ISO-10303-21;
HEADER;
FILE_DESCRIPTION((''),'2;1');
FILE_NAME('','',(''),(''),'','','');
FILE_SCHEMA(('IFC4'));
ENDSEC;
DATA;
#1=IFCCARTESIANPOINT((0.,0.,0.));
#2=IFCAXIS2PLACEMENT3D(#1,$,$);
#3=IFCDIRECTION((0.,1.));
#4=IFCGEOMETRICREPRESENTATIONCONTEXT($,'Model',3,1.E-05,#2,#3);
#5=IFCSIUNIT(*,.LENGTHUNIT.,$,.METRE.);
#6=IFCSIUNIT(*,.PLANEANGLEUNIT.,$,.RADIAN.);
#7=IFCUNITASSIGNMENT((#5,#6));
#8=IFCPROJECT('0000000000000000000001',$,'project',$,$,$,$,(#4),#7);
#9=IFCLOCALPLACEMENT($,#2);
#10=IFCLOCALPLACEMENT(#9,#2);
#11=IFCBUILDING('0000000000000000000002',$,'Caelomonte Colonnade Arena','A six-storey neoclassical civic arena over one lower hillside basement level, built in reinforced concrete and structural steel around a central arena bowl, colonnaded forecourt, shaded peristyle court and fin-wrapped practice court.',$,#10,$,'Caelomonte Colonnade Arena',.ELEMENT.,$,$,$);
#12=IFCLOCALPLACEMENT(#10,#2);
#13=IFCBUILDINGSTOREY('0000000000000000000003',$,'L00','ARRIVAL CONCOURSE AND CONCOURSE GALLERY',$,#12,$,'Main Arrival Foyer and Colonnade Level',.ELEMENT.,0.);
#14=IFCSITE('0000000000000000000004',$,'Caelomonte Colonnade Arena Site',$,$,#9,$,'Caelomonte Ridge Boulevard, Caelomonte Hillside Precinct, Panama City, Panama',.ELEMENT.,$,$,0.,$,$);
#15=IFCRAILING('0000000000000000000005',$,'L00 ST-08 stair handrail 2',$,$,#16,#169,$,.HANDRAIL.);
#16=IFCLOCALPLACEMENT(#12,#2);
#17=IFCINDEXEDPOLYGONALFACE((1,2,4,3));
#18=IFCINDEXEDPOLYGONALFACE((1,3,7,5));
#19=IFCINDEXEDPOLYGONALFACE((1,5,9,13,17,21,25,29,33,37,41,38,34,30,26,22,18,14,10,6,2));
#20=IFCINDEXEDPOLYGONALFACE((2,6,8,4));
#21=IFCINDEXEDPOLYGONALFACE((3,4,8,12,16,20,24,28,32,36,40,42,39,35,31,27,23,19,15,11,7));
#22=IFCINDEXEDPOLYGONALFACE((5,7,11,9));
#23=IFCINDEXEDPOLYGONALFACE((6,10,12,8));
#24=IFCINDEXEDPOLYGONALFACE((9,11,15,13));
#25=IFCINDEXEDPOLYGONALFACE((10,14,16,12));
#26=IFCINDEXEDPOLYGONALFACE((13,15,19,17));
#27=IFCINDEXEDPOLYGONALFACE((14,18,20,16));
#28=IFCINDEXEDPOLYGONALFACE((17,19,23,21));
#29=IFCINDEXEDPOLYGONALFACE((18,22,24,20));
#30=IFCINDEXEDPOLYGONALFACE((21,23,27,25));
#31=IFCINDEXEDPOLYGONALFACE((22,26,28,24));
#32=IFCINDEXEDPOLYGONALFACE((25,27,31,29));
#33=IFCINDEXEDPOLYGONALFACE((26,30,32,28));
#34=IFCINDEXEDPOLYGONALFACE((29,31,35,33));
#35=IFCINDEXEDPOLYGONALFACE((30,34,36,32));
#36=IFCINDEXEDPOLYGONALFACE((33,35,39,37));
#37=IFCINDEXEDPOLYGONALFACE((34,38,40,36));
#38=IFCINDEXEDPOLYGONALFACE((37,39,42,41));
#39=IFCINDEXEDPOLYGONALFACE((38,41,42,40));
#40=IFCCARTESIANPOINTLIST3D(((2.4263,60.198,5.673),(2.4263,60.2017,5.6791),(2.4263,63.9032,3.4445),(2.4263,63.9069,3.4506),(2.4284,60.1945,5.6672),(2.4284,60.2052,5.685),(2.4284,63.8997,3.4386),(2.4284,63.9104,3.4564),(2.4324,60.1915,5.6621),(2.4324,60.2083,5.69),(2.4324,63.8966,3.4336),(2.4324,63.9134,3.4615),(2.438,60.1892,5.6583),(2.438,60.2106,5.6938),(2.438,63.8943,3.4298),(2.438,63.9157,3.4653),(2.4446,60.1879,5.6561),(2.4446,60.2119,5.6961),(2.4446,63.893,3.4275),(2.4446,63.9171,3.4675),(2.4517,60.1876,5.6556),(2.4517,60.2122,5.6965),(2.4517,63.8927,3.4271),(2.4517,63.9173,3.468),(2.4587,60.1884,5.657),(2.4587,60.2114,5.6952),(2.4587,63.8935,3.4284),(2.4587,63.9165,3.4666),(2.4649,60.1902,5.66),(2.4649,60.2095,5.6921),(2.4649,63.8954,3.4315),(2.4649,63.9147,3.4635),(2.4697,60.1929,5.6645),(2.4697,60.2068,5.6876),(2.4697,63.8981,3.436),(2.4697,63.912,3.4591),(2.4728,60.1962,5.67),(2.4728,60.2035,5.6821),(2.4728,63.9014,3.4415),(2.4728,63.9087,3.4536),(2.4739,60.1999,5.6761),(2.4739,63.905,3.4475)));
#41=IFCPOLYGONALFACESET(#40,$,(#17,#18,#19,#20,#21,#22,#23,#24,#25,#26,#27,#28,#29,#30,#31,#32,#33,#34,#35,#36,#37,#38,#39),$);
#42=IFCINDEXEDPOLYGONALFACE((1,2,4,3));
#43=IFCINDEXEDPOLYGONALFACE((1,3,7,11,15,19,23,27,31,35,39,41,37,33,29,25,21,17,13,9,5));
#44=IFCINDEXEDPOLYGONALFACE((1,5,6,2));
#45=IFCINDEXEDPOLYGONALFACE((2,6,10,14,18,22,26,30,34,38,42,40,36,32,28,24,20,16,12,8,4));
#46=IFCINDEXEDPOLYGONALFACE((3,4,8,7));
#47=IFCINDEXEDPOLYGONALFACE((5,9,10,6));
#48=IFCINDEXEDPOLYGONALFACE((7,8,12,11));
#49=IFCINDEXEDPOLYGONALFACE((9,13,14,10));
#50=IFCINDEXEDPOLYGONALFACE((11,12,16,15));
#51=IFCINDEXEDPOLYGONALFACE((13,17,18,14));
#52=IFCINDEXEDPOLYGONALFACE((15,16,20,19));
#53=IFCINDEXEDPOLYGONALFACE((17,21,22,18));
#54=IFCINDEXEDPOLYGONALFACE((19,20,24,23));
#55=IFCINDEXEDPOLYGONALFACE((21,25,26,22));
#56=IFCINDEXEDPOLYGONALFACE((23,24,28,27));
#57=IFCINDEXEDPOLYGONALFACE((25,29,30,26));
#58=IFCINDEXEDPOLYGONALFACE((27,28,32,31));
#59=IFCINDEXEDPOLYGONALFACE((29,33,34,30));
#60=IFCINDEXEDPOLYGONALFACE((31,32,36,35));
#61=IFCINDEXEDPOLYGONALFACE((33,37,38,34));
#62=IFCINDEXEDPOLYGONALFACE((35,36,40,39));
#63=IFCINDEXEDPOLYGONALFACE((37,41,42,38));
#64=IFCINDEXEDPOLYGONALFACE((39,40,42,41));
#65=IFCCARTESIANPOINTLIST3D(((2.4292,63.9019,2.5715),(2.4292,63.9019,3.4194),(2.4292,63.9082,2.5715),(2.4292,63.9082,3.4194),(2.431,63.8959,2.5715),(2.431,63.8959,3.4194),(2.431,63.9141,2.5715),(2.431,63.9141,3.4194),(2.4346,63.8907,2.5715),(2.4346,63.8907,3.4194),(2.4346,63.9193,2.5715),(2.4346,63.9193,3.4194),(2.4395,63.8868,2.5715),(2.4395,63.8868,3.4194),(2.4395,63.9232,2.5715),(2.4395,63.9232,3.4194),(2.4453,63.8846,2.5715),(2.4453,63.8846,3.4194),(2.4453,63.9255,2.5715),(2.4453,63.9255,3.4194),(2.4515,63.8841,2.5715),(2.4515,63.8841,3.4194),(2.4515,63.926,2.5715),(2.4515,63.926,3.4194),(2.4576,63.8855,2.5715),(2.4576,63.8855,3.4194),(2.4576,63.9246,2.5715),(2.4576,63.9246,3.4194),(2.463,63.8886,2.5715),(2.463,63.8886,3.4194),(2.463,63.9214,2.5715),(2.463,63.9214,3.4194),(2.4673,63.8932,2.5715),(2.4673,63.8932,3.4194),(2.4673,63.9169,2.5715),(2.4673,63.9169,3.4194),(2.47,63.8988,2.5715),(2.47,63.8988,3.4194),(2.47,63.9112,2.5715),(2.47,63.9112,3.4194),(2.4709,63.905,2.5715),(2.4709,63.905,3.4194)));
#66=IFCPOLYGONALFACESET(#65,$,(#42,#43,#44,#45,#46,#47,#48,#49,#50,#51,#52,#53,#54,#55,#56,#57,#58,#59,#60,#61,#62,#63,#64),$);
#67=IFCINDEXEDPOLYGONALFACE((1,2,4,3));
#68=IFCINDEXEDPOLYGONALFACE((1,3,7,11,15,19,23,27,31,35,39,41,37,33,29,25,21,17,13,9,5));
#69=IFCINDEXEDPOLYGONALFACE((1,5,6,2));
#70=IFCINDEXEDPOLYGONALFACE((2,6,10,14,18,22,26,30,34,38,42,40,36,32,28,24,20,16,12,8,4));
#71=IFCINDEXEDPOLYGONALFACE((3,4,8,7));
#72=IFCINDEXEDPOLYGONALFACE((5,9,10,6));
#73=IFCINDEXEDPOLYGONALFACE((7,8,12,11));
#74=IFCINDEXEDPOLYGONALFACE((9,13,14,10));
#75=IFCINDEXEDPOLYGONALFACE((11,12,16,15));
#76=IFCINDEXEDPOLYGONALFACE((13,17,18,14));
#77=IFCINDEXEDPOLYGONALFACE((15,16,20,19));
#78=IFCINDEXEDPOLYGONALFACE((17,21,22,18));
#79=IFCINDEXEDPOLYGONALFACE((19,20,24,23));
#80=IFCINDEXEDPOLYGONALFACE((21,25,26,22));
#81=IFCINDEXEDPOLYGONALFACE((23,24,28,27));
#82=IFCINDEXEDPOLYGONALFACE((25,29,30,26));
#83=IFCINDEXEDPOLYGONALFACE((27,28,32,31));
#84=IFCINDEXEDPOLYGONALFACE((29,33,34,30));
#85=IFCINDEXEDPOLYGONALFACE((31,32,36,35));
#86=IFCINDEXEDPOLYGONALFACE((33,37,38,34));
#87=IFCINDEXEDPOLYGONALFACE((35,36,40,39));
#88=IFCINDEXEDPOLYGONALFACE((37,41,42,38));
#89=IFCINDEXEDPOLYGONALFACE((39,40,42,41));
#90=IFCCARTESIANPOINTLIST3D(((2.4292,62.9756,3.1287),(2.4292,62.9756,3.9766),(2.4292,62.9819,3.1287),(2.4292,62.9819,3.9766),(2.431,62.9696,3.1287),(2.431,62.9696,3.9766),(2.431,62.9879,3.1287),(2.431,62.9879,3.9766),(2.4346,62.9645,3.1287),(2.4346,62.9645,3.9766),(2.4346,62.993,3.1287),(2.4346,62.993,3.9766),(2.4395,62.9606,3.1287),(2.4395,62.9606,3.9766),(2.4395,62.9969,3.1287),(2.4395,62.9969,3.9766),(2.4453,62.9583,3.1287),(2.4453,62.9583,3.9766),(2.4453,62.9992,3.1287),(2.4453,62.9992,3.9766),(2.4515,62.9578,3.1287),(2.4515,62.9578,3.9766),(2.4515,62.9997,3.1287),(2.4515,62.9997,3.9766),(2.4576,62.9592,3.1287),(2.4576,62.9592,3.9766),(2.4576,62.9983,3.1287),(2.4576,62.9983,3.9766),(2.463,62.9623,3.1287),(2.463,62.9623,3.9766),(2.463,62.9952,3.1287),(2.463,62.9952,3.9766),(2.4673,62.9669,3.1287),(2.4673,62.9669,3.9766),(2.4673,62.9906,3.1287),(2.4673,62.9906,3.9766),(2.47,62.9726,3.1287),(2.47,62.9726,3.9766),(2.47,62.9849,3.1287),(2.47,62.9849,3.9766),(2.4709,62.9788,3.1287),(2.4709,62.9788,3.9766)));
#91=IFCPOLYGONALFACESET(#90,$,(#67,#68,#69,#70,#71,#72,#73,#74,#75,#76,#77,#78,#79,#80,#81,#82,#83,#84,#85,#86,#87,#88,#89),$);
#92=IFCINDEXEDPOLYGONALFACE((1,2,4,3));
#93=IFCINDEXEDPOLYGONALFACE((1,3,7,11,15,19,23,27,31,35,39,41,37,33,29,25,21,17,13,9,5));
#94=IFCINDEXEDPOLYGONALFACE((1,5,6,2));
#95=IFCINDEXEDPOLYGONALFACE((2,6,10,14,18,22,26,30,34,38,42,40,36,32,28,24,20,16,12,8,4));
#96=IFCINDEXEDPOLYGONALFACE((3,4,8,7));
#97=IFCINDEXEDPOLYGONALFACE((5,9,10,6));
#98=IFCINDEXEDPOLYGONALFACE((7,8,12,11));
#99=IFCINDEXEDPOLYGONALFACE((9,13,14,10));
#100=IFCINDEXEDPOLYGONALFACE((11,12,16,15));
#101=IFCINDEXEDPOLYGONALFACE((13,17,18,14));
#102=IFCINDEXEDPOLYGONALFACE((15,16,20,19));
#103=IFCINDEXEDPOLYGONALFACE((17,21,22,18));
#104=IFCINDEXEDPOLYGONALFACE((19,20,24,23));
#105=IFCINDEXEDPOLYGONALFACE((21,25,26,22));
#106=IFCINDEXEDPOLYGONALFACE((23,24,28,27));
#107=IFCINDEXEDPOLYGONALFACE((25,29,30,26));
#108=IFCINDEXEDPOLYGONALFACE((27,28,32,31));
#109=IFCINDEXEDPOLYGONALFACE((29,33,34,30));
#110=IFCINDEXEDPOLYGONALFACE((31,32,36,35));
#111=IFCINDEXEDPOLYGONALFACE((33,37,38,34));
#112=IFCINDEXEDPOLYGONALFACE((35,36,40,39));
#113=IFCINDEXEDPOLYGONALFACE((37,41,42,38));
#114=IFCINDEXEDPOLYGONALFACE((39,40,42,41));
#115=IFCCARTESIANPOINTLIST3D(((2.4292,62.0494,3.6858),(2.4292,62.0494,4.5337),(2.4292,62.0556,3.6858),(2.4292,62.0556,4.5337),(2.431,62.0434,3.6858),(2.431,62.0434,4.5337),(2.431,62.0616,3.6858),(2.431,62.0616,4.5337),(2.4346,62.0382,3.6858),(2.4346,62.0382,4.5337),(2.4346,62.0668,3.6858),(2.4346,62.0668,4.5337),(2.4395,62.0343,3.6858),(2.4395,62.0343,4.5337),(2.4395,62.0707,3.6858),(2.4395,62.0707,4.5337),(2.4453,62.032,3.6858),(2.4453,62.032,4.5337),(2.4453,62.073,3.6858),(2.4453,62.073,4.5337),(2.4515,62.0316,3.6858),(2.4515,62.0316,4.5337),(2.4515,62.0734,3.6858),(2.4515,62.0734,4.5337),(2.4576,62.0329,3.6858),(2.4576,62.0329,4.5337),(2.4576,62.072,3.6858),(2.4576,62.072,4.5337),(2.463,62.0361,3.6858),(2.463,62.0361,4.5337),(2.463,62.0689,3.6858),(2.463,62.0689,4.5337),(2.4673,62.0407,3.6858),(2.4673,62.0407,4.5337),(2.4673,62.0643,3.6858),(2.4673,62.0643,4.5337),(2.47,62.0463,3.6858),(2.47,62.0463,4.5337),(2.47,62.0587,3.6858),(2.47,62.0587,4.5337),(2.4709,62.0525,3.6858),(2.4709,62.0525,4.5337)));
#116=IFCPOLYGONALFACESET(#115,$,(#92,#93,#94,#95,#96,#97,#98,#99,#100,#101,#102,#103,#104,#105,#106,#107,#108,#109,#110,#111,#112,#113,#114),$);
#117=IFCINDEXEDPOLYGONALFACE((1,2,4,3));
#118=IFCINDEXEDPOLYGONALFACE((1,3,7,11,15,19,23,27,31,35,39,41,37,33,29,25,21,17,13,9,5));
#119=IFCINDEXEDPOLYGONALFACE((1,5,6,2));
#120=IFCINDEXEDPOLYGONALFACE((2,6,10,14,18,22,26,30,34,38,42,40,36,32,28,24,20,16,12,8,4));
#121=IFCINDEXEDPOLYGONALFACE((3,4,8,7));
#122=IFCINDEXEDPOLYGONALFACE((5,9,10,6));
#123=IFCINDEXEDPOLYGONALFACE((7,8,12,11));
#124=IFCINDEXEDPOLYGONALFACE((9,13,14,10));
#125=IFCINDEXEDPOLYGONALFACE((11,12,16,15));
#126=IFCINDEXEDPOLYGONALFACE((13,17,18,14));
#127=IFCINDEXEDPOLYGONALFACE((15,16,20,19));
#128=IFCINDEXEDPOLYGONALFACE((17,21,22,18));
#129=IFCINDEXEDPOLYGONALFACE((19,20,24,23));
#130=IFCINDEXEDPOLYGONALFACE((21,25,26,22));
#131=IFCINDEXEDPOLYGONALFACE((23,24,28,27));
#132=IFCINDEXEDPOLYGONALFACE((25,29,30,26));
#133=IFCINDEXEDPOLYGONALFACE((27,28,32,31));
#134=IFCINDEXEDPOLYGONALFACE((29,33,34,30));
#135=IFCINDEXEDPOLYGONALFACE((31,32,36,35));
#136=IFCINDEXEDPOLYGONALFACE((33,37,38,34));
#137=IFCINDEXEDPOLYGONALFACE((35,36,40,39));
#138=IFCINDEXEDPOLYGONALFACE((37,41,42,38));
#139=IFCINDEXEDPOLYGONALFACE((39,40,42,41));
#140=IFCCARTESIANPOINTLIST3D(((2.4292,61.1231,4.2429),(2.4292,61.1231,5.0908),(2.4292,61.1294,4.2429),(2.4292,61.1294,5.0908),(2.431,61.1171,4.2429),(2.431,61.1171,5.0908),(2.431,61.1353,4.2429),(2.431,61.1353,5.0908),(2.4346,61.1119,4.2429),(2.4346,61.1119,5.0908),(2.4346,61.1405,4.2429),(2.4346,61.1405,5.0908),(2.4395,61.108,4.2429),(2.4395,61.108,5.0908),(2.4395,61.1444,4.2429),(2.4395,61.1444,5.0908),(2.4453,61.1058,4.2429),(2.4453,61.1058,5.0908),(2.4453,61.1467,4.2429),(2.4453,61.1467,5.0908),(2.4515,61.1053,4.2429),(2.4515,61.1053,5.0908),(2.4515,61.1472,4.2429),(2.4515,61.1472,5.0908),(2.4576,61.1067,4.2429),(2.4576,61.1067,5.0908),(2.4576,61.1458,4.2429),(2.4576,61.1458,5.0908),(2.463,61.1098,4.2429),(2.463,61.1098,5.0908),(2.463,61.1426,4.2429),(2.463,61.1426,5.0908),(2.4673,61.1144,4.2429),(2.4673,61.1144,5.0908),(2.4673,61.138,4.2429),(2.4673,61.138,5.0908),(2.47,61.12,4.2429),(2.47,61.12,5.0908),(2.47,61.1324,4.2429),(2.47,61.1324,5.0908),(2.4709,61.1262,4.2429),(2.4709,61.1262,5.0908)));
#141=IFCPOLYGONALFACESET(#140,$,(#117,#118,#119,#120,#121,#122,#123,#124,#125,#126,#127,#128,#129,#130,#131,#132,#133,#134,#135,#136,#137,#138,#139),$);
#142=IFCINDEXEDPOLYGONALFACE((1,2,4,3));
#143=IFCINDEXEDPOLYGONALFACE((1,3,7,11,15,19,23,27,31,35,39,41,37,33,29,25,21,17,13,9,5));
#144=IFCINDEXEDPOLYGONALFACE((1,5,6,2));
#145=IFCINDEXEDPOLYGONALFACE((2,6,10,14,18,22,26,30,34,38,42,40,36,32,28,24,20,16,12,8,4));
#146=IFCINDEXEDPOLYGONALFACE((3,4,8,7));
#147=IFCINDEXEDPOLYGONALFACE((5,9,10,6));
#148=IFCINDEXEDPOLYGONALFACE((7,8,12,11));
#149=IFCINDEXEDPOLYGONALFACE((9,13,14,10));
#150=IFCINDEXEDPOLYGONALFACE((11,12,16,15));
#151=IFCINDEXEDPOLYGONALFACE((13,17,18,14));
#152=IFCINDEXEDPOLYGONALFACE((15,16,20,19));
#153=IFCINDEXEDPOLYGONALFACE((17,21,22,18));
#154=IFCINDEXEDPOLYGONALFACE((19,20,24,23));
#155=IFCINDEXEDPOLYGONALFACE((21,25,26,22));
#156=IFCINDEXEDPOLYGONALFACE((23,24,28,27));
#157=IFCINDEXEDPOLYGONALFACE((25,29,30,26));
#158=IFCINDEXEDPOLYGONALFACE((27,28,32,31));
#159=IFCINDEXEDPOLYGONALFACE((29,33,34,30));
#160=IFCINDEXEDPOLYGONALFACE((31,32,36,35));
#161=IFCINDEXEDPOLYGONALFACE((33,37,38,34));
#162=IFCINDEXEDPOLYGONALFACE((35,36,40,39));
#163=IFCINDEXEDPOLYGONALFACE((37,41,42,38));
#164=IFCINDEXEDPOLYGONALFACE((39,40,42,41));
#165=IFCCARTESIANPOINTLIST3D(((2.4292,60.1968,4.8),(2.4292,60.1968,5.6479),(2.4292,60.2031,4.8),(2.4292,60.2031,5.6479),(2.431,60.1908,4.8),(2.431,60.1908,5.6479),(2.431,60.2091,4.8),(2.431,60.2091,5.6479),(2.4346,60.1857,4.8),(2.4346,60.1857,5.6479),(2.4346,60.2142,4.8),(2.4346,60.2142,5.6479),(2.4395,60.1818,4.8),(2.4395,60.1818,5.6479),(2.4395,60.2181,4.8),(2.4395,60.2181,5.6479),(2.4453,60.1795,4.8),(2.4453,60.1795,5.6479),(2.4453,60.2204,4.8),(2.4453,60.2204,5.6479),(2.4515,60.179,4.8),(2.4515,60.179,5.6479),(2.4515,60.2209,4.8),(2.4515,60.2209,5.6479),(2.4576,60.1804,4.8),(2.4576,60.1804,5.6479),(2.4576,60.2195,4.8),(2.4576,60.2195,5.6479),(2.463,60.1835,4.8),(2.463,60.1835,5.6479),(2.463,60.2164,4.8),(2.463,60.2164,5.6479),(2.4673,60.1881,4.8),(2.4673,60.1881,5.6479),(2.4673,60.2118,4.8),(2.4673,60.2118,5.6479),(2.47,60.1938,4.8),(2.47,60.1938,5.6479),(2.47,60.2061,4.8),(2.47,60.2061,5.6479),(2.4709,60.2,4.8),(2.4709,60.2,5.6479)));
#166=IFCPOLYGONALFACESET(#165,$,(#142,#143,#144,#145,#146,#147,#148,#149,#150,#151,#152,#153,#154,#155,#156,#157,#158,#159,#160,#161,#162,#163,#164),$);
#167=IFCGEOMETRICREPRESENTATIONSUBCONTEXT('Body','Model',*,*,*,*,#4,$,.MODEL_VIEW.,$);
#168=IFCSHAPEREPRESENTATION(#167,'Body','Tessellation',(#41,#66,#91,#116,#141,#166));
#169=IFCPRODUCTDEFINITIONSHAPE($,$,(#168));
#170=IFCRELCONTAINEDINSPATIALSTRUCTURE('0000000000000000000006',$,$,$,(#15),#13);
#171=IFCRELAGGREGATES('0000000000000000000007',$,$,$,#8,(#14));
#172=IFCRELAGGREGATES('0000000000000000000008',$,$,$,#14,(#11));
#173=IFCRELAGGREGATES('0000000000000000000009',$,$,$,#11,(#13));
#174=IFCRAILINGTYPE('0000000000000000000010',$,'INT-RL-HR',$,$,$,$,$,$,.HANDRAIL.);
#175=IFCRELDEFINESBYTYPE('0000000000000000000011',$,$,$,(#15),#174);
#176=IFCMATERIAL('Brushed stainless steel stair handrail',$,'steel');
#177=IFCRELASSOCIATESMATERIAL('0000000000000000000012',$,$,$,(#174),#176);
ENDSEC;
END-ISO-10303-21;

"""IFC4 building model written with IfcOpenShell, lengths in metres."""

from ifc_helpers import new_model, si_unit, direction, frame, origin, origin_2d, place, context, subcontext, project, spatial, circle, extrude, material, type_object, element, save


model = new_model("IFC4")

# Units and contexts
model_context = context("Model", 3, precision=1e-05, world=origin(), true_north=direction((0.0, 1.0)))
body_context = subcontext(model_context, "Body", "Model", "MODEL_VIEW")
ifc_project = project(units=[si_unit("LENGTHUNIT", "METRE"), si_unit("PLANEANGLEUNIT", "RADIAN")], contexts=[model_context])

# Site, building, storey
site_placement = place(None, origin())
site = spatial("IfcSite", under=ifc_project, at=site_placement, Name="Caelomonte Colonnade Arena Site", LongName="Caelomonte Ridge Boulevard, Caelomonte Hillside Precinct, Panama City, Panama", CompositionType="ELEMENT", RefElevation=0.0)
building_placement = place(site_placement, origin())
building = spatial("IfcBuilding", under=site, at=building_placement, Name="Caelomonte Colonnade Arena", Description="A six-storey neoclassical civic arena over one lower hillside basement level, built in reinforced concrete and structural steel around a central arena bowl, colonnaded forecourt, shaded peristyle court and fin-wrapped practice court.", LongName="Caelomonte Colonnade Arena", CompositionType="ELEMENT")
storey_placement = place(building_placement, origin())
storey = spatial("IfcBuildingStorey", under=building, at=storey_placement, Name="L00", Description="ARRIVAL CONCOURSE AND CONCOURSE GALLERY", LongName="Main Arrival Foyer and Colonnade Level", CompositionType="ELEMENT", Elevation=0.0)

# Railing
ifc_material_1 = material(Name="Brushed stainless steel stair handrail", Category="steel")
railing_type_1 = type_object("IfcRailingType", Name="INT-RL-HR", PredefinedType="HANDRAIL", material=ifc_material_1)
railing_1_placement = place(storey_placement, frame((2.45, 63.905, 2.5715)))
element("IfcRailing", 1, at=railing_1_placement, inside=storey, type_object=railing_type_1, Name="L00 ST-08 stair handrail 2", PredefinedType="HANDRAIL", context=body_context, shape_type="SweptSolid", body=[
    extrude(circle(Radius=0.0239, at=origin_2d()), frame((0.0, 0.0, 0.876), z_axis=(0.0, -0.856934, 0.515425), x_axis=(1.0, 0.0, 0.0)), (0.0, 0.0, 1.0), 4.3237),
    extrude(circle(Radius=0.021, at=origin_2d()), origin(), (0.0, 0.0, 1.0), 0.8479),
    extrude(circle(Radius=0.021, at=origin_2d()), frame((0.0, -0.9263, 0.5571)), (0.0, 0.0, 1.0), 0.8479),
    extrude(circle(Radius=0.021, at=origin_2d()), frame((0.0, -1.8525, 1.1143)), (0.0, 0.0, 1.0), 0.8479),
    extrude(circle(Radius=0.021, at=origin_2d()), frame((0.0, -2.7788, 1.6714)), (0.0, 0.0, 1.0), 0.8479),
    extrude(circle(Radius=0.021, at=origin_2d()), frame((0.0, -3.7051, 2.2285)), (0.0, 0.0, 1.0), 0.8479),
])

save(model, "model.ifc")
